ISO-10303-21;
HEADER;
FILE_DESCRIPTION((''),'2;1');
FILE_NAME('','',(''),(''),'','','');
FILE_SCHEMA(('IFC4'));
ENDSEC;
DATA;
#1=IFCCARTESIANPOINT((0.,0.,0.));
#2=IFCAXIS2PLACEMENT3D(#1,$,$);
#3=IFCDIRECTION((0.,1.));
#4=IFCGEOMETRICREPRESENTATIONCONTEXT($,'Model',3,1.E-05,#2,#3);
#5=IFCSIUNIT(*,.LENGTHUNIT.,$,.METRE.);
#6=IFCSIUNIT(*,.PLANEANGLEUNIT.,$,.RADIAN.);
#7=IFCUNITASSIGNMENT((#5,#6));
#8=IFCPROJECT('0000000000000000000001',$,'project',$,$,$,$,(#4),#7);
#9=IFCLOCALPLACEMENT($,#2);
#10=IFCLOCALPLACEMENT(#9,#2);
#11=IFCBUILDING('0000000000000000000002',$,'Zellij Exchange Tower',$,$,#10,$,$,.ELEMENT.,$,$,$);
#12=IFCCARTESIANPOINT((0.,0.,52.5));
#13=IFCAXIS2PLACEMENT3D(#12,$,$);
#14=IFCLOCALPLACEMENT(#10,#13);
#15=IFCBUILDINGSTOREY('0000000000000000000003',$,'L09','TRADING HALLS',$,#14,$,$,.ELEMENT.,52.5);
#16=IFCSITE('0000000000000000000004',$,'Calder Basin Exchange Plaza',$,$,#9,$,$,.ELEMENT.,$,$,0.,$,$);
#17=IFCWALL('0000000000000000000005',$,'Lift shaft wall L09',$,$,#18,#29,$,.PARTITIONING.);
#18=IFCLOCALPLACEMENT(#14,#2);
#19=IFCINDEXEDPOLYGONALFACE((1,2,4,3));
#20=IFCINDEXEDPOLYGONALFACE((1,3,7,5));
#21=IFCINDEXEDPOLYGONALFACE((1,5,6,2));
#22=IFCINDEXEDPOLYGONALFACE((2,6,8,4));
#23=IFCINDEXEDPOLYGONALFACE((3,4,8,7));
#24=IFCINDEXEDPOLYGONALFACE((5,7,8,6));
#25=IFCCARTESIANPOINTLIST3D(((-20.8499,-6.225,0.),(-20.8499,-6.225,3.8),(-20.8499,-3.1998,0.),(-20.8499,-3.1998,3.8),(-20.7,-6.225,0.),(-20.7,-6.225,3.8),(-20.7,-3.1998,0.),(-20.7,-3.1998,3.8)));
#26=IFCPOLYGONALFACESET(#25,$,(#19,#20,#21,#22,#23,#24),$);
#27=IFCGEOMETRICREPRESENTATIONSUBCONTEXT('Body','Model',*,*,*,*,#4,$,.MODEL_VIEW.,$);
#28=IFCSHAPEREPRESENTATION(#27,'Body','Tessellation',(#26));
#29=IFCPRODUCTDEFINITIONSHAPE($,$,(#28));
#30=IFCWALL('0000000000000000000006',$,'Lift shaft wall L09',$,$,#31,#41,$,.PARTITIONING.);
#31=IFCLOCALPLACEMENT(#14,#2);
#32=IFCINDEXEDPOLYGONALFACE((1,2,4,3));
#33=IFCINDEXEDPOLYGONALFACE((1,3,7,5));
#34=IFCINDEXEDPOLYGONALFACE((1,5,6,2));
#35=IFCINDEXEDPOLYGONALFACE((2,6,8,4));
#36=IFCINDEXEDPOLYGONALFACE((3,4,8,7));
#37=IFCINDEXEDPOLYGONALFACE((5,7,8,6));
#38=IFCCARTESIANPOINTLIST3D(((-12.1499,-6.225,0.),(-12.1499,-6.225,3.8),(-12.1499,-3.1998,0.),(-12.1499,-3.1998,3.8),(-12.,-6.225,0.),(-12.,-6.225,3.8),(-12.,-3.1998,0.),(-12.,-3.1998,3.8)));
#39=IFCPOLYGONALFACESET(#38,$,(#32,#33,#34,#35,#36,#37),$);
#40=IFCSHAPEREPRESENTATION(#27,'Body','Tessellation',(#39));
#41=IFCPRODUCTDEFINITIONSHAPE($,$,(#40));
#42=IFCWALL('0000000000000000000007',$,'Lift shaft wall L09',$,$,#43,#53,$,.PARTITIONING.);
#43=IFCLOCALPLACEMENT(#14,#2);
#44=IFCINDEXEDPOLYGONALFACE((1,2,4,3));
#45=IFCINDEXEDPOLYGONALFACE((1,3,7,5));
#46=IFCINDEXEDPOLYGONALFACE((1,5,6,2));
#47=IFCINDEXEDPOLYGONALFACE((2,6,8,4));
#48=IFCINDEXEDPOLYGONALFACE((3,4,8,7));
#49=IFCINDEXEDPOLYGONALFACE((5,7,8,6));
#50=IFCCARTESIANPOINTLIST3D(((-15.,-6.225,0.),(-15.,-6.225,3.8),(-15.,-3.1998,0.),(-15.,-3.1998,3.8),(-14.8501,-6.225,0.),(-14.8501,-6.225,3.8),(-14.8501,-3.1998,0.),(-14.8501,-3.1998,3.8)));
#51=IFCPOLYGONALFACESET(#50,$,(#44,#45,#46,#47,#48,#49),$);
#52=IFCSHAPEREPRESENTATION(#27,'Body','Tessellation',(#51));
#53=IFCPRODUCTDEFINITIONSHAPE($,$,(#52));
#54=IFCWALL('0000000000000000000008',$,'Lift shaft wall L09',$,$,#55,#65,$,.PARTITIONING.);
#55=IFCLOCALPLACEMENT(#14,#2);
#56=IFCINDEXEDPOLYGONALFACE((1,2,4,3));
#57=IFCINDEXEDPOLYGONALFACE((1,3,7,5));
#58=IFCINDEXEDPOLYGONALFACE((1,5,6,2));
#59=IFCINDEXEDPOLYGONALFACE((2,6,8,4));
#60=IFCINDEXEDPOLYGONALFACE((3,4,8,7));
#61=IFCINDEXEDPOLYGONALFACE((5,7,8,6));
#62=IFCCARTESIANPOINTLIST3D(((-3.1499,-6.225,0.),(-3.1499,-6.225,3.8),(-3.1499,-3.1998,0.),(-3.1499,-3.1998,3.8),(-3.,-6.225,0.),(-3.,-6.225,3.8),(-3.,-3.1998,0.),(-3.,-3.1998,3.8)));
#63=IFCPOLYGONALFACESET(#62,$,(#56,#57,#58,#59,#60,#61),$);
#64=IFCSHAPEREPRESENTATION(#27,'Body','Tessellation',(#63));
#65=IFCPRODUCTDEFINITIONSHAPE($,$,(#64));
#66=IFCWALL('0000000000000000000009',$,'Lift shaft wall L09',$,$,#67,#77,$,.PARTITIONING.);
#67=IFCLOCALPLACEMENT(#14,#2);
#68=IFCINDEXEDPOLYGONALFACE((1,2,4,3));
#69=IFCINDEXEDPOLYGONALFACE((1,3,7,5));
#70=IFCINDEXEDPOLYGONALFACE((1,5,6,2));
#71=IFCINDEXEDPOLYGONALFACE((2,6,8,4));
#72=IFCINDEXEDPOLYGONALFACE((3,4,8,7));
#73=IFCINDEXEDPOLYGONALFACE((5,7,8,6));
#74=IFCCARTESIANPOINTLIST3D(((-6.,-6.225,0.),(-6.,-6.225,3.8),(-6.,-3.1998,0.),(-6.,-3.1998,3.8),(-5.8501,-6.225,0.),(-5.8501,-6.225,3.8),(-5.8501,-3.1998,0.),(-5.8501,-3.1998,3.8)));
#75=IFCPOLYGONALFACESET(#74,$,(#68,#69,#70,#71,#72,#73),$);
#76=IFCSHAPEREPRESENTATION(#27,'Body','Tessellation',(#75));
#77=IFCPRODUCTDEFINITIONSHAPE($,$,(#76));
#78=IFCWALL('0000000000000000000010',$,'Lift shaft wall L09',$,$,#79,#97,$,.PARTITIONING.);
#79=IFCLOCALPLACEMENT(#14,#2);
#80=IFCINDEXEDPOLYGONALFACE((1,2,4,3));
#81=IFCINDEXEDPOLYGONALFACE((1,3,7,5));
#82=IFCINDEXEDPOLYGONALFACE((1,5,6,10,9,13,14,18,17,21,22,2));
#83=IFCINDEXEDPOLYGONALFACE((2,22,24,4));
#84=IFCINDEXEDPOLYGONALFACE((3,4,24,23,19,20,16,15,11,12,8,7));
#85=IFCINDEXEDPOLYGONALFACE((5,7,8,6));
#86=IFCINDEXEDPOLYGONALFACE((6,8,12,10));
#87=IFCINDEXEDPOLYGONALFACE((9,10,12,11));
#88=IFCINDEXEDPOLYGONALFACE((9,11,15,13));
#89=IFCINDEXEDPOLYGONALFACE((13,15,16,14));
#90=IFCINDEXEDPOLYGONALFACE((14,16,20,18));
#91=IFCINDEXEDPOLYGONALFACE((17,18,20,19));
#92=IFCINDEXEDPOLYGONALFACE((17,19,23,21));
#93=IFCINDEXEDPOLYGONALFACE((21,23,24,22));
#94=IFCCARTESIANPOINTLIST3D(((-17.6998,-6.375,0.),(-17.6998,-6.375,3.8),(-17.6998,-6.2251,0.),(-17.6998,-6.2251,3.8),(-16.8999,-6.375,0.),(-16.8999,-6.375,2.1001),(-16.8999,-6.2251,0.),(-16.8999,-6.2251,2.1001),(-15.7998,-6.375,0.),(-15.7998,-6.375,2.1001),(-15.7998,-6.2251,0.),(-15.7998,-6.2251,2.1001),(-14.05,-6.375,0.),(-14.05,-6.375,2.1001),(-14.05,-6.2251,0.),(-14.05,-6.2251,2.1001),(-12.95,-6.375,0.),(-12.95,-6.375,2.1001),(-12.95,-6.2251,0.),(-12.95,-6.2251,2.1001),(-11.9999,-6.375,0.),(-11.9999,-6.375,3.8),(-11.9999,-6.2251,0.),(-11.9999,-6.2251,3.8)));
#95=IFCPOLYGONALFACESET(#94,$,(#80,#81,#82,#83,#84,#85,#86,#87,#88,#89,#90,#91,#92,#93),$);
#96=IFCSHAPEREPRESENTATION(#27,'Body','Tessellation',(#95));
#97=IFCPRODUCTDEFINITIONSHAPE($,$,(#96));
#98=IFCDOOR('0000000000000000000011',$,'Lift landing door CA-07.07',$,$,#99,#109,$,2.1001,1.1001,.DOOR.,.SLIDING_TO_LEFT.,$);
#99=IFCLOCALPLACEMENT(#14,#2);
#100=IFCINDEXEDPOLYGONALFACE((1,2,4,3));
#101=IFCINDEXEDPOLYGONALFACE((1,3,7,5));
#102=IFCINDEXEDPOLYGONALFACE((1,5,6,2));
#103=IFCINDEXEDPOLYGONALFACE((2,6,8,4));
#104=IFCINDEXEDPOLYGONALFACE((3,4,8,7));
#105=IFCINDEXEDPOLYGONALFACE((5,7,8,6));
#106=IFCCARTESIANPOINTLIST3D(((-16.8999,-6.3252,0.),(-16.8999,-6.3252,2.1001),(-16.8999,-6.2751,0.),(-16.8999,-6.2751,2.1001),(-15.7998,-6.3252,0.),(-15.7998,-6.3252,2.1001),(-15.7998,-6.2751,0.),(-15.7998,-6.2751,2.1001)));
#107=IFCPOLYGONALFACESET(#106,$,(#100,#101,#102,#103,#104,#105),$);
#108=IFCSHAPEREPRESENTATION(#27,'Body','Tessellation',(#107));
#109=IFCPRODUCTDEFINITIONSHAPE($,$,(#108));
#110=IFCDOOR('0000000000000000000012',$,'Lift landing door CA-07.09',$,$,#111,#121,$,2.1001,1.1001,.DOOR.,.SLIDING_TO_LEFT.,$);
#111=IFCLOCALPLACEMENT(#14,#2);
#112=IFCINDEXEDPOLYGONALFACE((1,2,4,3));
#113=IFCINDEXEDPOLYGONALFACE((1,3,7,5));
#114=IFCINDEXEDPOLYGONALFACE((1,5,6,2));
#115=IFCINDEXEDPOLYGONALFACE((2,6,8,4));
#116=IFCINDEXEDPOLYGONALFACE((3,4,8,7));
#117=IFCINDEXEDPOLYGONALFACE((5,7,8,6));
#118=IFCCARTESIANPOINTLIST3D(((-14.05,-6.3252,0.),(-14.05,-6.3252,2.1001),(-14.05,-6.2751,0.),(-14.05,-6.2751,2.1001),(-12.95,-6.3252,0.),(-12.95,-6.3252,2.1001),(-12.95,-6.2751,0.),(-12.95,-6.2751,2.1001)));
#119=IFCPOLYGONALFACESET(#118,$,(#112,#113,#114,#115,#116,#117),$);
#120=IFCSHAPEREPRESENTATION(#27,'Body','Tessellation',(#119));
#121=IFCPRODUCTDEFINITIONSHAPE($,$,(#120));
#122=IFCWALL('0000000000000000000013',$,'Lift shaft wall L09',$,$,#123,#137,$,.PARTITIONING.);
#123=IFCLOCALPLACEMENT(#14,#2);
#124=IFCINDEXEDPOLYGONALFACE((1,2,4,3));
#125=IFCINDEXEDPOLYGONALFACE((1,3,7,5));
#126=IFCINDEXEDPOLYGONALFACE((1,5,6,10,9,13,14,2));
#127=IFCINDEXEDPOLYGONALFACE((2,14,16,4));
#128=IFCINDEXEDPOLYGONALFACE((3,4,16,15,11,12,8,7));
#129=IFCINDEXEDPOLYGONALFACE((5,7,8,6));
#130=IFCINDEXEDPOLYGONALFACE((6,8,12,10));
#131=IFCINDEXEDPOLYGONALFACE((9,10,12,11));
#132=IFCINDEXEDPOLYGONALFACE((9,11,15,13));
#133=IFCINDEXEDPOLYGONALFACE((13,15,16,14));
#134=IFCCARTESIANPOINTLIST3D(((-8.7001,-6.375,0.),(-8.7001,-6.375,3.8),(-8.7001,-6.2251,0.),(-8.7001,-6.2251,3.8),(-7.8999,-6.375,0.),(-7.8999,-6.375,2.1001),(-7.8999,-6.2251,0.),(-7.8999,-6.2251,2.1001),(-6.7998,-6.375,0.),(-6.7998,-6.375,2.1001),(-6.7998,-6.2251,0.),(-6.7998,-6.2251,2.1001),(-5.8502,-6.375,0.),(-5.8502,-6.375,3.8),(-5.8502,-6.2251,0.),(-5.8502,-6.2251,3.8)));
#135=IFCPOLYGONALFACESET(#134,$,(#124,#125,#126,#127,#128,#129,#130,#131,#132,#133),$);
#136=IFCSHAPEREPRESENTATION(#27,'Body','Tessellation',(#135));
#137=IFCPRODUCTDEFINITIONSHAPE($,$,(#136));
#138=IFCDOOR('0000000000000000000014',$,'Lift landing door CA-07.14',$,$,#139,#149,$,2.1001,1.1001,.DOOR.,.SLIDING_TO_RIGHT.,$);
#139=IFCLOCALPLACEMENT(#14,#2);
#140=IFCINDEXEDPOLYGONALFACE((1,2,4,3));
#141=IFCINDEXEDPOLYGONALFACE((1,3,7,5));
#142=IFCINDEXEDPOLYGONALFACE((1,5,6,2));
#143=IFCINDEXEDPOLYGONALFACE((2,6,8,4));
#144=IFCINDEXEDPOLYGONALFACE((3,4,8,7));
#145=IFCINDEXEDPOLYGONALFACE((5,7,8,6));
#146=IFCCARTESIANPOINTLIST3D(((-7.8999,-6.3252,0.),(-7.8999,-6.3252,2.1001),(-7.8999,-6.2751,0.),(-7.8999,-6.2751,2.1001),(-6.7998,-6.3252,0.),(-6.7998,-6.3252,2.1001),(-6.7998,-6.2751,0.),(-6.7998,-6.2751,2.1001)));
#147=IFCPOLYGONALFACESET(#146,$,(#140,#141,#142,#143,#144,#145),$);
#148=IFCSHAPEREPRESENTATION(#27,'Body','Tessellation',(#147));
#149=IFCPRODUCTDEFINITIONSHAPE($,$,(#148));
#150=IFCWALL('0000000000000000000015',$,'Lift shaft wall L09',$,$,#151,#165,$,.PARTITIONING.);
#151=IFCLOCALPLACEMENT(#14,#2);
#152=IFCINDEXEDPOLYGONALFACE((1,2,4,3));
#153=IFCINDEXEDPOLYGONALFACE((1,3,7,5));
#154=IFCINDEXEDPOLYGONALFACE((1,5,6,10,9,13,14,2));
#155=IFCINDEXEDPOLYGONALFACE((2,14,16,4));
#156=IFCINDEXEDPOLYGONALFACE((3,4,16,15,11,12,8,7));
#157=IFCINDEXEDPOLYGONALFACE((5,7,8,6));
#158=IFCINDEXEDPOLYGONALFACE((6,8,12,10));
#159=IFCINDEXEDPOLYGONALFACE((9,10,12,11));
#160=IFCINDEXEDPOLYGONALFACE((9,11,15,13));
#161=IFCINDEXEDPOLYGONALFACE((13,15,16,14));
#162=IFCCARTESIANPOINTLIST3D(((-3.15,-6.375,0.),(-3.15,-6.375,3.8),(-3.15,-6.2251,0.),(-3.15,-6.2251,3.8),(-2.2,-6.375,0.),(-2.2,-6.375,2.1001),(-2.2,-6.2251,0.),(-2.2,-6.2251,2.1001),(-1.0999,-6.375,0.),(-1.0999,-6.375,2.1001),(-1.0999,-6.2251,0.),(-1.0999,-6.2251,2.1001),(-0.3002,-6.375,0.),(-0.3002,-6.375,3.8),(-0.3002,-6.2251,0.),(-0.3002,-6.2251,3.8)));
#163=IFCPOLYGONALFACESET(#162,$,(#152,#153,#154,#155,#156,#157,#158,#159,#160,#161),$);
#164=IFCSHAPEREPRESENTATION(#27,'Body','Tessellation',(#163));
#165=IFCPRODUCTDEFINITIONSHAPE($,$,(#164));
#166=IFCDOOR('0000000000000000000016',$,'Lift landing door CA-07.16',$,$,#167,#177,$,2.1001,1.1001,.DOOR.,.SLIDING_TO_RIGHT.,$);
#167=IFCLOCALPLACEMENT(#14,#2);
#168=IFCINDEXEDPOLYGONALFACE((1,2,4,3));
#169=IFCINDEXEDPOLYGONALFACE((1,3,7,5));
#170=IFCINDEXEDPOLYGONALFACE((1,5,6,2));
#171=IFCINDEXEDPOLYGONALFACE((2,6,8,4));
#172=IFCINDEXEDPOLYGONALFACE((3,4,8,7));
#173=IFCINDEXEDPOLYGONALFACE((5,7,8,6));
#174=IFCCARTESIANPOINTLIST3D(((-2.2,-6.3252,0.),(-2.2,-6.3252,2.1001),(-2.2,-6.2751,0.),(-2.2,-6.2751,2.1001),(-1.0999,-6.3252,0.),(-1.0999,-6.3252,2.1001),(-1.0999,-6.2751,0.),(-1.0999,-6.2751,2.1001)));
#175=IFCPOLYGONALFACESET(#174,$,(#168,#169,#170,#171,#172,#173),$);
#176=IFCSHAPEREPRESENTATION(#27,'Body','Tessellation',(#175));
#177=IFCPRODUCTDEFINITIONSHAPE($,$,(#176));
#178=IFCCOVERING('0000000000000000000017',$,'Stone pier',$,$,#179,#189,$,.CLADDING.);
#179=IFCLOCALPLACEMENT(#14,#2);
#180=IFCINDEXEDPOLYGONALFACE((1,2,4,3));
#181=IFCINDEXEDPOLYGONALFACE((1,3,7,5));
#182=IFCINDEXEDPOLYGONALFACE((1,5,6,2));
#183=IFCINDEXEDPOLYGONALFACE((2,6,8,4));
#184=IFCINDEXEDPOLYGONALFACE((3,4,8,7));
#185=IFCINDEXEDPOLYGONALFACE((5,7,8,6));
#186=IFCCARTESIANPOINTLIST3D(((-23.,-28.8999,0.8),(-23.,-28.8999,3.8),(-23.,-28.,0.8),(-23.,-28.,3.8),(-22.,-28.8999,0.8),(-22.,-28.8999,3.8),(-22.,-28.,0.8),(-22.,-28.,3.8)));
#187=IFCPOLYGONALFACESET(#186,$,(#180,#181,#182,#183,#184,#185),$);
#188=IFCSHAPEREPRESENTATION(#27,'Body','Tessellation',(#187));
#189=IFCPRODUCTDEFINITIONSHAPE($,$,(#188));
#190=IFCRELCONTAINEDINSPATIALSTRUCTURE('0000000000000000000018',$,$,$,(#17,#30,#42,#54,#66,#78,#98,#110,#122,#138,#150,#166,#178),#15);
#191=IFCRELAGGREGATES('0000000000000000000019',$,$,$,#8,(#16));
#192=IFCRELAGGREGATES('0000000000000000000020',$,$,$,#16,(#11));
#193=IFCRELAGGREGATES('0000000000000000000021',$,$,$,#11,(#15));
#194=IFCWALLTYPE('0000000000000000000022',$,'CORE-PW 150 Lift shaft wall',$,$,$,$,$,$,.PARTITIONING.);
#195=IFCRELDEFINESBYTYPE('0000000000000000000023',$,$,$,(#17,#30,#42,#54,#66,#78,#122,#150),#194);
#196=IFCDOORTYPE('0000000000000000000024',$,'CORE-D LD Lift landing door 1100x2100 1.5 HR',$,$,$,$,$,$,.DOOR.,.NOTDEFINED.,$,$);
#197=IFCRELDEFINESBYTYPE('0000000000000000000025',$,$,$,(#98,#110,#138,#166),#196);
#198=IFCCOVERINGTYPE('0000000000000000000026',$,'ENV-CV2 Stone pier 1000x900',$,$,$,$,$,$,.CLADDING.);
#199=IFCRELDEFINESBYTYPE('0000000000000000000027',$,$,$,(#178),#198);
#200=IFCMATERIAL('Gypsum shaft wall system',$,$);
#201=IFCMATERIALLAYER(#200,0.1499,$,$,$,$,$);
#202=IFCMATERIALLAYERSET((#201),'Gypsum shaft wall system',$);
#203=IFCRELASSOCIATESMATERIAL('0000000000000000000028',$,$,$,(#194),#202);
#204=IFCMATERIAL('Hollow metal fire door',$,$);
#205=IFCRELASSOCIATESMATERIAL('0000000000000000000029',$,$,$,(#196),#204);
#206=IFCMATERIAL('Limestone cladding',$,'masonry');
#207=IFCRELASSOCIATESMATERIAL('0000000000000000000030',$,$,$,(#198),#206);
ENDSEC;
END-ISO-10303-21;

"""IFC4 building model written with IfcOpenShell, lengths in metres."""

from ifc_helpers import new_model, si_unit, direction, frame, frame_2d, origin, place, context, subcontext, project, spatial, polyline, rectangle, outline, extrude, material, layer, layer_set, type_object, element, fill, save


model = new_model("IFC4")

# Units and contexts
model_context = context("Model", 3, precision=1e-05, world=origin(), true_north=direction((0.0, 1.0)))
body_context = subcontext(model_context, "Body", "Model", "MODEL_VIEW")
ifc_project = project(units=[si_unit("LENGTHUNIT", "METRE"), si_unit("PLANEANGLEUNIT", "RADIAN")], contexts=[model_context])

# Site, building, storey
site_placement = place(None, origin())
site = spatial("IfcSite", under=ifc_project, at=site_placement, Name="Calder Basin Exchange Plaza", CompositionType="ELEMENT", RefElevation=0.0)
building_placement = place(site_placement, origin())
building = spatial("IfcBuilding", under=site, at=building_placement, Name="Zellij Exchange Tower", CompositionType="ELEMENT")
storey_placement = place(building_placement, frame((0.0, 0.0, 52.5)))
storey = spatial("IfcBuildingStorey", under=building, at=storey_placement, Name="L09", Description="TRADING HALLS", CompositionType="ELEMENT", Elevation=52.5)

# Shared definitions
ifc_material_1 = material(Name="Gypsum shaft wall system")
ifc_material_2 = material(Name="Hollow metal fire door")

# Walls
ifc_layer_1 = layer(ifc_material_1, 0.1499)
ifc_layer_set_1 = layer_set([ifc_layer_1], Name="Gypsum shaft wall system")
wall_type_1 = type_object("IfcWallType", Name="CORE-PW 150 Lift shaft wall", PredefinedType="PARTITIONING", material=ifc_layer_set_1)
for number, where, z_axis, x_axis, name in (
    (1, (-20.7749, -6.2251, 0.0), (0.0, 0.0, 1.0), (0.0, 1.0, 0.0), "Lift shaft wall L09"),
    (2, (-12.075, -6.2251, 0.0), (0.0, 0.0, 1.0), (0.0, 1.0, 0.0), "Lift shaft wall L09"),
    (3, (-14.925, -6.2251, 0.0), (0.0, 0.0, 1.0), (0.0, 1.0, 0.0), "Lift shaft wall L09"),
    (4, (-3.075, -6.2251, 0.0), (0.0, 0.0, 1.0), (0.0, 1.0, 0.0), "Lift shaft wall L09"),
    (5, (-5.925, -6.2251, 0.0), (0.0, 0.0, 1.0), (0.0, 1.0, 0.0), "Lift shaft wall L09"),
):
    element("IfcWall", number, at=place(storey_placement, frame(where, z_axis=z_axis, x_axis=x_axis)), inside=storey, type_object=wall_type_1, Name=name, PredefinedType="PARTITIONING", context=body_context, shape_type="SweptSolid", body=[
        extrude(rectangle(XDim=3.0251, YDim=0.1499, at=frame_2d((1.5127, 0.0))), origin(), (0.0, 0.0, 1.0), 3.8),
    ])

# Wall, openings, doors
wall_1_placement = place(storey_placement, frame((-17.7, -6.3, 0.0), z_axis=(0.0, 0.0, 1.0), x_axis=(1.0, 0.0, 0.0)))
wall_1 = element("IfcWall", 6, at=wall_1_placement, inside=storey, type_object=wall_type_1, Name="Lift shaft wall L09", PredefinedType="PARTITIONING", context=body_context, shape_type="SweptSolid", body=[
    extrude(rectangle(XDim=5.7, YDim=0.1499, at=frame_2d((2.8501, 0.0))), origin(), (0.0, 0.0, 1.0), 3.8),
])
opening_1_placement = place(wall_1_placement, frame((0.8, 0.0, 0.0)))
opening_1 = element("IfcOpeningElement", 7, at=opening_1_placement, cuts=wall_1, PredefinedType="OPENING", context=body_context, shape_type="SweptSolid", body=[
    extrude(rectangle(XDim=1.1001, YDim=2.1001, at=frame_2d((0.55, 1.05))), frame((0.0, 0.0869, 0.0), z_axis=(0.0, -1.0, 0.0), x_axis=(1.0, 0.0, 0.0)), (0.0, 0.0, 1.0), 0.1738),
])
opening_2_placement = place(wall_1_placement, frame((3.6499, 0.0, 0.0)))
opening_2 = element("IfcOpeningElement", 8, at=opening_2_placement, cuts=wall_1, PredefinedType="OPENING", context=body_context, shape_type="SweptSolid", body=[
    extrude(rectangle(XDim=1.1001, YDim=2.1001, at=frame_2d((0.55, 1.05))), frame((0.0, 0.0869, 0.0), z_axis=(0.0, -1.0, 0.0), x_axis=(1.0, 0.0, 0.0)), (0.0, 0.0, 1.0), 0.1738),
])
door_type_1 = type_object("IfcDoorType", Name="CORE-D LD Lift landing door 1100x2100 1.5 HR", OperationType="NOTDEFINED", PredefinedType="DOOR", material=ifc_material_2)
door_1_placement = place(opening_1_placement, origin())
door_1 = element("IfcDoor", 9, at=door_1_placement, inside=storey, type_object=door_type_1, Name="Lift landing door CA-07.07", OperationType="SLIDING_TO_LEFT", OverallHeight=2.1001, OverallWidth=1.1001, PredefinedType="DOOR", context=body_context, shape_type="SweptSolid", body=[
    extrude(rectangle(XDim=1.1001, YDim=2.1001, at=frame_2d((0.55, 1.05))), frame((0.0, 0.0249, 0.0), z_axis=(0.0, -1.0, 0.0), x_axis=(1.0, 0.0, 0.0)), (0.0, 0.0, 1.0), 0.05),
])
fill(opening_1, door_1)
door_2_placement = place(opening_2_placement, origin())
door_2 = element("IfcDoor", 10, at=door_2_placement, inside=storey, type_object=door_type_1, Name="Lift landing door CA-07.09", OperationType="SLIDING_TO_LEFT", OverallHeight=2.1001, OverallWidth=1.1001, PredefinedType="DOOR", context=body_context, shape_type="SweptSolid", body=[
    extrude(rectangle(XDim=1.1001, YDim=2.1001, at=frame_2d((0.55, 1.05))), frame((0.0, 0.0249, 0.0), z_axis=(0.0, -1.0, 0.0), x_axis=(1.0, 0.0, 0.0)), (0.0, 0.0, 1.0), 0.05),
])
fill(opening_2, door_2)

# Walls, openings, doors
wall_2_placement = place(storey_placement, frame((-8.7, -6.3, 0.0), z_axis=(0.0, 0.0, 1.0), x_axis=(1.0, 0.0, 0.0)))
wall_2 = element("IfcWall", 11, at=wall_2_placement, inside=storey, type_object=wall_type_1, Name="Lift shaft wall L09", PredefinedType="PARTITIONING", context=body_context, shape_type="SweptSolid", body=[
    extrude(rectangle(XDim=2.8499, YDim=0.1499, at=frame_2d((1.4248, 0.0))), origin(), (0.0, 0.0, 1.0), 3.8),
])
opening_3_placement = place(wall_2_placement, frame((0.8, 0.0, 0.0)))
opening_3 = element("IfcOpeningElement", 12, at=opening_3_placement, cuts=wall_2, PredefinedType="OPENING", context=body_context, shape_type="SweptSolid", body=[
    extrude(rectangle(XDim=1.1001, YDim=2.1001, at=frame_2d((0.55, 1.05))), frame((0.0, 0.0869, 0.0), z_axis=(0.0, -1.0, 0.0), x_axis=(1.0, 0.0, 0.0)), (0.0, 0.0, 1.0), 0.1738),
])
door_3_placement = place(opening_3_placement, origin())
door_3 = element("IfcDoor", 13, at=door_3_placement, inside=storey, type_object=door_type_1, Name="Lift landing door CA-07.14", OperationType="SLIDING_TO_RIGHT", OverallHeight=2.1001, OverallWidth=1.1001, PredefinedType="DOOR", context=body_context, shape_type="SweptSolid", body=[
    extrude(rectangle(XDim=1.1001, YDim=2.1001, at=frame_2d((0.55, 1.05))), frame((0.0, 0.0249, 0.0), z_axis=(0.0, -1.0, 0.0), x_axis=(1.0, 0.0, 0.0)), (0.0, 0.0, 1.0), 0.05),
])
fill(opening_3, door_3)
wall_3_placement = place(storey_placement, frame((-3.1499, -6.3, 0.0), z_axis=(0.0, 0.0, 1.0), x_axis=(1.0, 0.0, 0.0)))
wall_3 = element("IfcWall", 14, at=wall_3_placement, inside=storey, type_object=wall_type_1, Name="Lift shaft wall L09", PredefinedType="PARTITIONING", context=body_context, shape_type="SweptSolid", body=[
    extrude(rectangle(XDim=2.8499, YDim=0.1499, at=frame_2d((1.4248, 0.0))), origin(), (0.0, 0.0, 1.0), 3.8),
])
opening_4_placement = place(wall_3_placement, frame((0.95, 0.0, 0.0)))
opening_4 = element("IfcOpeningElement", 15, at=opening_4_placement, cuts=wall_3, PredefinedType="OPENING", context=body_context, shape_type="SweptSolid", body=[
    extrude(rectangle(XDim=1.1001, YDim=2.1001, at=frame_2d((0.55, 1.05))), frame((0.0, 0.0869, 0.0), z_axis=(0.0, -1.0, 0.0), x_axis=(1.0, 0.0, 0.0)), (0.0, 0.0, 1.0), 0.1738),
])
door_4_placement = place(opening_4_placement, origin())
door_4 = element("IfcDoor", 16, at=door_4_placement, inside=storey, type_object=door_type_1, Name="Lift landing door CA-07.16", OperationType="SLIDING_TO_RIGHT", OverallHeight=2.1001, OverallWidth=1.1001, PredefinedType="DOOR", context=body_context, shape_type="SweptSolid", body=[
    extrude(rectangle(XDim=1.1001, YDim=2.1001, at=frame_2d((0.55, 1.05))), frame((0.0, 0.0249, 0.0), z_axis=(0.0, -1.0, 0.0), x_axis=(1.0, 0.0, 0.0)), (0.0, 0.0, 1.0), 0.05),
])
fill(opening_4, door_4)

# Covering
ifc_material_3 = material(Name="Limestone cladding", Category="masonry")
covering_type = type_object("IfcCoveringType", Name="ENV-CV2 Stone pier 1000x900", PredefinedType="CLADDING", material=ifc_material_3)
covering_1_placement = place(storey_placement, frame((0.0, 0.0, 0.8)))
element("IfcCovering", 17, at=covering_1_placement, inside=storey, type_object=covering_type, Name="Stone pier", PredefinedType="CLADDING", context=body_context, shape_type="SweptSolid", body=[
    extrude(outline(polyline([(-23.0, -28.0), (-22.0, -28.0), (-22.0, -28.8999), (-23.0, -28.8999), (-23.0, -28.0)])), origin(), (0.0, 0.0, 1.0), 3.0),
])

save(model, "model.ifc")
